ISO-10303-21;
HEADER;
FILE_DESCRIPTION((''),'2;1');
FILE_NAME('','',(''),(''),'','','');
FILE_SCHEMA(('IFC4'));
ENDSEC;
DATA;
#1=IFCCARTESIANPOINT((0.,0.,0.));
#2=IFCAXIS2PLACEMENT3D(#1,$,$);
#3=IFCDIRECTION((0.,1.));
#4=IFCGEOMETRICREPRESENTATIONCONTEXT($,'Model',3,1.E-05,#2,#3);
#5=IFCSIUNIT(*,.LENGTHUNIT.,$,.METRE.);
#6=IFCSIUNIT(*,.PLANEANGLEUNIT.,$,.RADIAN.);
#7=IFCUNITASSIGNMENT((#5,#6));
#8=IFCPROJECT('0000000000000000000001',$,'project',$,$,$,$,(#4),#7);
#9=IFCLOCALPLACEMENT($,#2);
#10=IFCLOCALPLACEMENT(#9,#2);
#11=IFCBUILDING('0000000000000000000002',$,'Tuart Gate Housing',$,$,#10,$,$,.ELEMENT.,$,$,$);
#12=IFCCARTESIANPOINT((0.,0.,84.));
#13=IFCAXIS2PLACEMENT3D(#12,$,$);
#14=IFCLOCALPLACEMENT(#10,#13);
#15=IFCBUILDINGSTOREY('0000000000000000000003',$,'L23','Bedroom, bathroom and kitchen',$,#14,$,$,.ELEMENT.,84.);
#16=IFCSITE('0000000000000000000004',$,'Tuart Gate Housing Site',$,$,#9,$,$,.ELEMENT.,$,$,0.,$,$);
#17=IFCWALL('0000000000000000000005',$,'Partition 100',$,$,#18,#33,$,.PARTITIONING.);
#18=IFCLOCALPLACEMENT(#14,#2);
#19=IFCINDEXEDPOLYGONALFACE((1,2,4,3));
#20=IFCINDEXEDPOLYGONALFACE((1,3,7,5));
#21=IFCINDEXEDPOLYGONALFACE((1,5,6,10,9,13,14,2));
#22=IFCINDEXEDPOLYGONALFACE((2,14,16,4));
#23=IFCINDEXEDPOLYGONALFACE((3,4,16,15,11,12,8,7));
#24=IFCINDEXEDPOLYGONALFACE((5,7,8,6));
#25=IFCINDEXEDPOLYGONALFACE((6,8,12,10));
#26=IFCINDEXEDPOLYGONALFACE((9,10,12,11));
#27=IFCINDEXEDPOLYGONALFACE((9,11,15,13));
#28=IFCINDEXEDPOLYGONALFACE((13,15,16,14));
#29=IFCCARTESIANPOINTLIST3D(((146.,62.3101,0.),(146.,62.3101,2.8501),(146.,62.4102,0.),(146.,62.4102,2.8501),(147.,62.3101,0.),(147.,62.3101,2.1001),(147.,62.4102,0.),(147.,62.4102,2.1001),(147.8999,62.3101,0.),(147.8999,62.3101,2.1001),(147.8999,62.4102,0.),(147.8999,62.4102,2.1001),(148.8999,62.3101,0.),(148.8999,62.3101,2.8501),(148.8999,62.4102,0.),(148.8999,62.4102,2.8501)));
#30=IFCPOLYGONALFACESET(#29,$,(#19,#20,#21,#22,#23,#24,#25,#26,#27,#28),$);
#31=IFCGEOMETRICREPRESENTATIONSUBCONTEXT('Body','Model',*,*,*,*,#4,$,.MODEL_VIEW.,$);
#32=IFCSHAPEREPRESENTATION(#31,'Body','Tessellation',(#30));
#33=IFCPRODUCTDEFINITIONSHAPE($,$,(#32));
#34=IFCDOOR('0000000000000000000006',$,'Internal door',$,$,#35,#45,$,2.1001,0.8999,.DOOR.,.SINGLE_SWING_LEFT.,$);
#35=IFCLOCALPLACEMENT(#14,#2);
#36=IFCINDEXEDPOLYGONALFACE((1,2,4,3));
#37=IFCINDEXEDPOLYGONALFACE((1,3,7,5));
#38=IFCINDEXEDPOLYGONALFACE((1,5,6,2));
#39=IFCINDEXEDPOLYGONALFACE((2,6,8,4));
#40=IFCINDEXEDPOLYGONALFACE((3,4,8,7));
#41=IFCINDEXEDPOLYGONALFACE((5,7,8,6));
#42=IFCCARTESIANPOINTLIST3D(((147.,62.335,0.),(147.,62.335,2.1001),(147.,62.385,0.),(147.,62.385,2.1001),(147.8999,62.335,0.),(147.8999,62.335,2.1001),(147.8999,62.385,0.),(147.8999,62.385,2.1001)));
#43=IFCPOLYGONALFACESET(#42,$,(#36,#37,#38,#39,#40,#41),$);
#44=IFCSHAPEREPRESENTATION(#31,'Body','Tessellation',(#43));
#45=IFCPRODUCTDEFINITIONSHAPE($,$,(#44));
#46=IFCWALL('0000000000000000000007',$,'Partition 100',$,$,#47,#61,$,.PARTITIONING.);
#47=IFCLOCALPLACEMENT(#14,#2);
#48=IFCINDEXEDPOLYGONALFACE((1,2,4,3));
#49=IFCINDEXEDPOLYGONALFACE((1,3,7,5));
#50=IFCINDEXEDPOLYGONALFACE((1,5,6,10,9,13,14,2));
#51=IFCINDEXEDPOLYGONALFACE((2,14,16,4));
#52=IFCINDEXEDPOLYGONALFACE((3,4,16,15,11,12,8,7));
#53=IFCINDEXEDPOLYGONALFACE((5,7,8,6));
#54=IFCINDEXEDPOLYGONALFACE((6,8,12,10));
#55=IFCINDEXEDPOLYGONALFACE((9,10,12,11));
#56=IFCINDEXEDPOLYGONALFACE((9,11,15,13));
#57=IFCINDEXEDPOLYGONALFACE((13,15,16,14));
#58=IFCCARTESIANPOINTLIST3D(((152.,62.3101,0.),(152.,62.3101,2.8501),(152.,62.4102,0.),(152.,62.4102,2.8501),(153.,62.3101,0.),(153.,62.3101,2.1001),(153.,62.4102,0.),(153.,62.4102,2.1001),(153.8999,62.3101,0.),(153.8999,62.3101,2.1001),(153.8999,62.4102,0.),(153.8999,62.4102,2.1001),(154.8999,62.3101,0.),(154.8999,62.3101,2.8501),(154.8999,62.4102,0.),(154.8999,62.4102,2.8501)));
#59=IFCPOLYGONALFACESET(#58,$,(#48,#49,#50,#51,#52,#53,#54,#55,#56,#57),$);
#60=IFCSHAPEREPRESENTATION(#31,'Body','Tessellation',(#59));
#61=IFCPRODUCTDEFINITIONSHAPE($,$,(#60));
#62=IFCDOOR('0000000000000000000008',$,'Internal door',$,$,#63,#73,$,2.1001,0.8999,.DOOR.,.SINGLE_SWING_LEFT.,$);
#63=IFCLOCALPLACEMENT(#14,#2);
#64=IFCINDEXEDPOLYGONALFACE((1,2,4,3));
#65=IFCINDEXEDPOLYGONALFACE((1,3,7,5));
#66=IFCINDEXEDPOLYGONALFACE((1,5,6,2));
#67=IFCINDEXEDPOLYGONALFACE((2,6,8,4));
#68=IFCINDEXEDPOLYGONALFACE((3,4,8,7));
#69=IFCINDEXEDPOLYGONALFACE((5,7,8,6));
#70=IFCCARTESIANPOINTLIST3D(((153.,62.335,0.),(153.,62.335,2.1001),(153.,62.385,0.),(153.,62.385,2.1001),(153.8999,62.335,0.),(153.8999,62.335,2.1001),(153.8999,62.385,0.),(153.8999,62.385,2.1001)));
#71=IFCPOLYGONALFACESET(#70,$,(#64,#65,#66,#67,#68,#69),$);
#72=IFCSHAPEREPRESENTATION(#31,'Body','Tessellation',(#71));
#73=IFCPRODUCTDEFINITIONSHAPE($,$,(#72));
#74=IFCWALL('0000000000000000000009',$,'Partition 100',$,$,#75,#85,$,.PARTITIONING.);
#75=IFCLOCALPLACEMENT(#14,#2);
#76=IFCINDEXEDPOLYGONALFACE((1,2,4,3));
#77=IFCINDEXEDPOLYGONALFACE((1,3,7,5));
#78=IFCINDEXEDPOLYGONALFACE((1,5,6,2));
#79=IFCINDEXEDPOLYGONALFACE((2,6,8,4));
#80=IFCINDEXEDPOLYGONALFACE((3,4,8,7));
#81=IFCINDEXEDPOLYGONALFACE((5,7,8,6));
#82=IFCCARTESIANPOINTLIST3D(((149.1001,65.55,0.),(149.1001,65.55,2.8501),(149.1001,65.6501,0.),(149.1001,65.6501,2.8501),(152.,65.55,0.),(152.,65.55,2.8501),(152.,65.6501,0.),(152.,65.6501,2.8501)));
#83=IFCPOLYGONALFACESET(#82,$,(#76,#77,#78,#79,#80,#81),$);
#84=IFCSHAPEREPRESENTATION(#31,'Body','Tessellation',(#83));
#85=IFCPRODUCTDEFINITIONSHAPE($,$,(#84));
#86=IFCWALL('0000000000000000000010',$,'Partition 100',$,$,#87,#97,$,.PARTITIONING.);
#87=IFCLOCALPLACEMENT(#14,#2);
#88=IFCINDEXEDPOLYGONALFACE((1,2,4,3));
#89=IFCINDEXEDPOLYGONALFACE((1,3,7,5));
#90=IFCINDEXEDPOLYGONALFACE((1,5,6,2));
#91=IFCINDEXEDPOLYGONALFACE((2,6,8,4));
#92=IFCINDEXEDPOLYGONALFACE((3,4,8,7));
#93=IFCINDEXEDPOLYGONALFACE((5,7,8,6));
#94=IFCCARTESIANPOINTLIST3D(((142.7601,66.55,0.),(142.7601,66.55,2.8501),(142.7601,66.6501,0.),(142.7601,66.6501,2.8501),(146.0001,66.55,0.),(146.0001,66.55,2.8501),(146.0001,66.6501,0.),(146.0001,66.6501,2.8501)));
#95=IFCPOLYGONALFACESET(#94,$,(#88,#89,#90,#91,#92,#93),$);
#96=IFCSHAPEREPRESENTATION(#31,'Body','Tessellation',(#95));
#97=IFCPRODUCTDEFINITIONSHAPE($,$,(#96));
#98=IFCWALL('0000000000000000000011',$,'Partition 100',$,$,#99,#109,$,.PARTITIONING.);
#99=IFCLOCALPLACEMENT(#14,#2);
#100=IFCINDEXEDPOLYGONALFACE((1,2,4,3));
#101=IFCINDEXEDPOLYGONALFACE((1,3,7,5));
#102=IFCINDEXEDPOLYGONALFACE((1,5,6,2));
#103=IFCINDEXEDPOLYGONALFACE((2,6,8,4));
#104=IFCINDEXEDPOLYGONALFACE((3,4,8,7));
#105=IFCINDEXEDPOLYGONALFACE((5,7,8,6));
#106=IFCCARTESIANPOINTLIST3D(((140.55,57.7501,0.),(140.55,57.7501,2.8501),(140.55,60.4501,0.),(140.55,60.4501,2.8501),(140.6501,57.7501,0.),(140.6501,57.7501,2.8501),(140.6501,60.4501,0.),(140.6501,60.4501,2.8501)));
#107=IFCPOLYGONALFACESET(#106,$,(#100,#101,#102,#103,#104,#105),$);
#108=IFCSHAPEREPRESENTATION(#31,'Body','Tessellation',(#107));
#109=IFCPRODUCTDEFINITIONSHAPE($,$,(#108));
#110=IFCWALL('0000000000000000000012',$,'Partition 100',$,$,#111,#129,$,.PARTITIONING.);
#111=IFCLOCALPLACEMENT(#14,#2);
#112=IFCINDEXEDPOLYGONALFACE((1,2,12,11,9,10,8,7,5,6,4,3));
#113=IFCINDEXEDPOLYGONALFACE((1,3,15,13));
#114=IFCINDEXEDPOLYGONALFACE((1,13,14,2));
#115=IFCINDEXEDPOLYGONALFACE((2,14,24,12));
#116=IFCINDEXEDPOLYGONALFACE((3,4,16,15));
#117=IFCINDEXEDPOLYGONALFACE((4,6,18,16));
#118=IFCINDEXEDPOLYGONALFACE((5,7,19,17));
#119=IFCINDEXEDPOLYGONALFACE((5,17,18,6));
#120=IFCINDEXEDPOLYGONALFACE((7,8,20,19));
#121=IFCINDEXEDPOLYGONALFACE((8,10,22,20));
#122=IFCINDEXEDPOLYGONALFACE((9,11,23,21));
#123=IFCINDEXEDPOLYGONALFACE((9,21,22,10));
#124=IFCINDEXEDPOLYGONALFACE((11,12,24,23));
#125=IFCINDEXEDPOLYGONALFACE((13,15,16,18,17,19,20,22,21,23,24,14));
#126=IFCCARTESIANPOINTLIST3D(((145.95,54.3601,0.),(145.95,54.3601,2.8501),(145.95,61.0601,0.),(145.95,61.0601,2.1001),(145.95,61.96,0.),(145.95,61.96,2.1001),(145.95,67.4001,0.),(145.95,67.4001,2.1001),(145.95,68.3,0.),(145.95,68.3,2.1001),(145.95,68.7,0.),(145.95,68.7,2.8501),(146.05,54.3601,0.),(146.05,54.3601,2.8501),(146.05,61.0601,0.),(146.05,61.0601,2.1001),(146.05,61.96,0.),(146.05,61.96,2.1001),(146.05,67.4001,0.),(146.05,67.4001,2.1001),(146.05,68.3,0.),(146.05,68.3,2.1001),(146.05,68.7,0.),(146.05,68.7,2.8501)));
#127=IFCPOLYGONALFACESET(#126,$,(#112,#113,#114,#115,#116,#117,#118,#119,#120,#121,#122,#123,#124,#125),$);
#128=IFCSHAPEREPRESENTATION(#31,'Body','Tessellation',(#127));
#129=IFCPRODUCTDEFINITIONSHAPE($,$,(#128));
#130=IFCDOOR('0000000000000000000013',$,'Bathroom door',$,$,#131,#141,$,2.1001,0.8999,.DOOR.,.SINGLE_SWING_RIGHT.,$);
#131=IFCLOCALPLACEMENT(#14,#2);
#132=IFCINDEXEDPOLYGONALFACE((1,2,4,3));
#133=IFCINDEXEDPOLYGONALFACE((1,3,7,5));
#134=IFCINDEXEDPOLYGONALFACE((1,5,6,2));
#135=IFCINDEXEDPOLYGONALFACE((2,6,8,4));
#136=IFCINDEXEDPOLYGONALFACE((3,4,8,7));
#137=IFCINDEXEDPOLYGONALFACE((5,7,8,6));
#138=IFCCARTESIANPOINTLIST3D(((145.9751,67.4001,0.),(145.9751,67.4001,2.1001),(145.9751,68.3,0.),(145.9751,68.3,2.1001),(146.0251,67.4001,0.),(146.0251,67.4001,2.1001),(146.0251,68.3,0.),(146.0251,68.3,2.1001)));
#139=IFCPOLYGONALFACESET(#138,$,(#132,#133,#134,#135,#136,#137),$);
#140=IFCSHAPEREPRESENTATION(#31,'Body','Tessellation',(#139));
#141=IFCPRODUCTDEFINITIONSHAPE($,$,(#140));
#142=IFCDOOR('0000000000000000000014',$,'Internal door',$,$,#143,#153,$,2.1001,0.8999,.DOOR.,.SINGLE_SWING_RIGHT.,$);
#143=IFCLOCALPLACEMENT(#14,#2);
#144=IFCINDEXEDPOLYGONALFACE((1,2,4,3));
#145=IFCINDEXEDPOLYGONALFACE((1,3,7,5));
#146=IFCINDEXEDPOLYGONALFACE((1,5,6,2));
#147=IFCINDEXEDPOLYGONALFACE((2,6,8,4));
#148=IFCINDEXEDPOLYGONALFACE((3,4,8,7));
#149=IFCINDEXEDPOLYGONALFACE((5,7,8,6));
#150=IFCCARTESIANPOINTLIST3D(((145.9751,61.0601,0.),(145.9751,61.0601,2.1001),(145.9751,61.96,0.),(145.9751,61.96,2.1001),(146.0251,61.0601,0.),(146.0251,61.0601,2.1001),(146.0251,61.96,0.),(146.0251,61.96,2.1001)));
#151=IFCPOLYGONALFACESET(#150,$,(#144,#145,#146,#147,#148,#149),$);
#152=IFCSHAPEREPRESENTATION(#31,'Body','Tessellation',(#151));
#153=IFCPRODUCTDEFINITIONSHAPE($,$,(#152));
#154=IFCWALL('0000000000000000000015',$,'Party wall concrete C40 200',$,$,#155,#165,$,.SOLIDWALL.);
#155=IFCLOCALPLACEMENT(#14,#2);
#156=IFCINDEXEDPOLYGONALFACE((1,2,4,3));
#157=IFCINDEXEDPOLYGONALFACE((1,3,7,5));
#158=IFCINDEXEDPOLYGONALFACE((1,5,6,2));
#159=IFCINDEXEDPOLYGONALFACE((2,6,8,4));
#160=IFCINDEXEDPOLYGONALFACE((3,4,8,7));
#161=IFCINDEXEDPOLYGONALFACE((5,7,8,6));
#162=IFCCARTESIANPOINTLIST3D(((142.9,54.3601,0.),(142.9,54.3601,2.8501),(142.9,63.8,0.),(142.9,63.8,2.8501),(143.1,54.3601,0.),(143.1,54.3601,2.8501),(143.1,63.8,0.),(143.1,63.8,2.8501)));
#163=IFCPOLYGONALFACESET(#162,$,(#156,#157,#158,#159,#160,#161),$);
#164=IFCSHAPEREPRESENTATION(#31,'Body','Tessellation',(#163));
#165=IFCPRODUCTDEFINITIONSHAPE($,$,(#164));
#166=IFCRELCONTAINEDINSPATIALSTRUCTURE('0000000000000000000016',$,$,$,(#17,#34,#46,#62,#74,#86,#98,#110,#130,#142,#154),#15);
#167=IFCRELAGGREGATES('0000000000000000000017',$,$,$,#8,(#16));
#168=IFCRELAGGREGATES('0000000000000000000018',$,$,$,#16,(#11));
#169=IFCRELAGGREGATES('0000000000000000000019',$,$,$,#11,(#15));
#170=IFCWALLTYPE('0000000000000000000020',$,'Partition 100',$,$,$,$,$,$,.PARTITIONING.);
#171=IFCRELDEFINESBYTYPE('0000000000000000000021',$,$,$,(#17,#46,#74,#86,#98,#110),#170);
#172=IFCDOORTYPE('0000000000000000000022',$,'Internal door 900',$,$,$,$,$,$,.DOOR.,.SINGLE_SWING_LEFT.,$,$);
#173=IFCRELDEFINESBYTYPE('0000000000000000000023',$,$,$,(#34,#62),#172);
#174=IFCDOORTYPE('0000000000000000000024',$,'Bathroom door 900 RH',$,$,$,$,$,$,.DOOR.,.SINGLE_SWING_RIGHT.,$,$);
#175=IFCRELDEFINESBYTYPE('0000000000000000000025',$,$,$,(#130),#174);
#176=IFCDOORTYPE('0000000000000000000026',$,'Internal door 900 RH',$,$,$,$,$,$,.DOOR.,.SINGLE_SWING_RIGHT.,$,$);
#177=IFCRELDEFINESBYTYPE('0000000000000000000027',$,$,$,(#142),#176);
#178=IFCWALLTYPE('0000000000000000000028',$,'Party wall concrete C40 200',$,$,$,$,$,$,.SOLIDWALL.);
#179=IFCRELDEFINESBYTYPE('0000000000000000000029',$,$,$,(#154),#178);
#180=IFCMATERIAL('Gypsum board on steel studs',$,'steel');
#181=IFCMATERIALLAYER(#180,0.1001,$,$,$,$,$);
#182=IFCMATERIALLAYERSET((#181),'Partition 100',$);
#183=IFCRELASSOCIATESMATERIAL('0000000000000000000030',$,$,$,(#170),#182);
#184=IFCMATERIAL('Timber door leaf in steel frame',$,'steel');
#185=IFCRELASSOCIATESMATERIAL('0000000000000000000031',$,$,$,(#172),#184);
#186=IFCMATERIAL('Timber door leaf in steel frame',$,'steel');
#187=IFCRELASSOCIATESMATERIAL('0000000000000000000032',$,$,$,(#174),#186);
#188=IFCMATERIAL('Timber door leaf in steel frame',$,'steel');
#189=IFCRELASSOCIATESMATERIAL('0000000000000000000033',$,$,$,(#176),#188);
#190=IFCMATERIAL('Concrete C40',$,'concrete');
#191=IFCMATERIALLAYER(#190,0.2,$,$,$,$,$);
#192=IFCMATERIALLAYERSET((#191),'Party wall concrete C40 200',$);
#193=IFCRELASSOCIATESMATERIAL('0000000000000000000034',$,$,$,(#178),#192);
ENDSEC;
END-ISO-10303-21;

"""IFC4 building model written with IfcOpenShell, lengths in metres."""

from ifc_helpers import new_model, si_unit, direction, frame, frame_2d, origin, place, context, subcontext, project, spatial, rectangle, extrude, material, layer, layer_set, type_object, element, fill, save


model = new_model("IFC4")

# Units and contexts
model_context = context("Model", 3, precision=1e-05, world=origin(), true_north=direction((0.0, 1.0)))
body_context = subcontext(model_context, "Body", "Model", "MODEL_VIEW")
ifc_project = project(units=[si_unit("LENGTHUNIT", "METRE"), si_unit("PLANEANGLEUNIT", "RADIAN")], contexts=[model_context])

# Site, building, storey
site_placement = place(None, origin())
site = spatial("IfcSite", under=ifc_project, at=site_placement, Name="Tuart Gate Housing Site", CompositionType="ELEMENT", RefElevation=0.0)
building_placement = place(site_placement, origin())
building = spatial("IfcBuilding", under=site, at=building_placement, Name="Tuart Gate Housing", CompositionType="ELEMENT")
storey_placement = place(building_placement, frame((0.0, 0.0, 84.0)))
storey = spatial("IfcBuildingStorey", under=building, at=storey_placement, Name="L23", Description="Bedroom, bathroom and kitchen", CompositionType="ELEMENT", Elevation=84.0)

# Shared definitions
ifc_material_1 = material(Name="Gypsum board on steel studs", Category="steel")
ifc_layer_1 = layer(ifc_material_1, 0.1001)
ifc_layer_set_1 = layer_set([ifc_layer_1], Name="Partition 100")
wall_type_1 = type_object("IfcWallType", Name="Partition 100", PredefinedType="PARTITIONING", material=ifc_layer_set_1)

# Walls, openings, doors
wall_1_placement = place(storey_placement, frame((146.0, 62.3601, 0.0), z_axis=(0.0, 0.0, 1.0), x_axis=(1.0, 0.0, 0.0)))
wall_1 = element("IfcWall", 1, at=wall_1_placement, inside=storey, type_object=wall_type_1, Name="Partition 100", PredefinedType="PARTITIONING", context=body_context, shape_type="SweptSolid", body=[
    extrude(rectangle(XDim=2.8999, YDim=0.1001, at=frame_2d((1.45, 0.0))), origin(), (0.0, 0.0, 1.0), 2.8501),
])
opening_1_placement = place(wall_1_placement, frame((1.0, 0.0, 0.0)))
opening_1 = element("IfcOpeningElement", 2, at=opening_1_placement, cuts=wall_1, PredefinedType="OPENING", context=body_context, shape_type="SweptSolid", body=[
    extrude(rectangle(XDim=0.8999, YDim=2.1001, at=frame_2d((0.45, 1.05))), frame((0.0, 0.0601, 0.0), z_axis=(0.0, -1.0, 0.0), x_axis=(1.0, 0.0, 0.0)), (0.0, 0.0, 1.0), 0.1201),
])
ifc_material_2 = material(Name="Timber door leaf in steel frame", Category="steel")
door_type_1 = type_object("IfcDoorType", Name="Internal door 900", OperationType="SINGLE_SWING_LEFT", PredefinedType="DOOR", material=ifc_material_2)
door_1_placement = place(opening_1_placement, origin())
door_1 = element("IfcDoor", 3, at=door_1_placement, inside=storey, type_object=door_type_1, Name="Internal door", OperationType="SINGLE_SWING_LEFT", OverallHeight=2.1001, OverallWidth=0.8999, PredefinedType="DOOR", context=body_context, shape_type="SweptSolid", body=[
    extrude(rectangle(XDim=0.8999, YDim=2.1001, at=frame_2d((0.45, 1.05))), frame((0.0, 0.0249, 0.0), z_axis=(0.0, -1.0, 0.0), x_axis=(1.0, 0.0, 0.0)), (0.0, 0.0, 1.0), 0.05),
])
fill(opening_1, door_1)
wall_2_placement = place(storey_placement, frame((152.0, 62.3601, 0.0), z_axis=(0.0, 0.0, 1.0), x_axis=(1.0, 0.0, 0.0)))
wall_2 = element("IfcWall", 4, at=wall_2_placement, inside=storey, type_object=wall_type_1, Name="Partition 100", PredefinedType="PARTITIONING", context=body_context, shape_type="SweptSolid", body=[
    extrude(rectangle(XDim=2.8999, YDim=0.1001, at=frame_2d((1.45, 0.0))), origin(), (0.0, 0.0, 1.0), 2.8501),
])
opening_2_placement = place(wall_2_placement, frame((1.0, 0.0, 0.0)))
opening_2 = element("IfcOpeningElement", 5, at=opening_2_placement, cuts=wall_2, PredefinedType="OPENING", context=body_context, shape_type="SweptSolid", body=[
    extrude(rectangle(XDim=0.8999, YDim=2.1001, at=frame_2d((0.45, 1.05))), frame((0.0, 0.0601, 0.0), z_axis=(0.0, -1.0, 0.0), x_axis=(1.0, 0.0, 0.0)), (0.0, 0.0, 1.0), 0.1201),
])
door_2_placement = place(opening_2_placement, origin())
door_2 = element("IfcDoor", 6, at=door_2_placement, inside=storey, type_object=door_type_1, Name="Internal door", OperationType="SINGLE_SWING_LEFT", OverallHeight=2.1001, OverallWidth=0.8999, PredefinedType="DOOR", context=body_context, shape_type="SweptSolid", body=[
    extrude(rectangle(XDim=0.8999, YDim=2.1001, at=frame_2d((0.45, 1.05))), frame((0.0, 0.0249, 0.0), z_axis=(0.0, -1.0, 0.0), x_axis=(1.0, 0.0, 0.0)), (0.0, 0.0, 1.0), 0.05),
])
fill(opening_2, door_2)

# Walls
wall_3_placement = place(storey_placement, frame((149.1001, 65.6001, 0.0), z_axis=(0.0, 0.0, 1.0), x_axis=(1.0, 0.0, 0.0)))
element("IfcWall", 7, at=wall_3_placement, inside=storey, type_object=wall_type_1, Name="Partition 100", PredefinedType="PARTITIONING", context=body_context, shape_type="SweptSolid", body=[
    extrude(rectangle(XDim=2.8999, YDim=0.1001, at=frame_2d((1.45, 0.0))), origin(), (0.0, 0.0, 1.0), 2.8501),
])
wall_4_placement = place(storey_placement, frame((142.76, 66.6001, 0.0), z_axis=(0.0, 0.0, 1.0), x_axis=(1.0, 0.0, 0.0)))
element("IfcWall", 8, at=wall_4_placement, inside=storey, type_object=wall_type_1, Name="Partition 100", PredefinedType="PARTITIONING", context=body_context, shape_type="SweptSolid", body=[
    extrude(rectangle(XDim=3.24, YDim=0.1001, at=frame_2d((1.6201, 0.0))), origin(), (0.0, 0.0, 1.0), 2.8501),
])
wall_5_placement = place(storey_placement, frame((140.6001, 57.75, 0.0), z_axis=(0.0, 0.0, 1.0), x_axis=(0.0, 1.0, 0.0)))
element("IfcWall", 9, at=wall_5_placement, inside=storey, type_object=wall_type_1, Name="Partition 100", PredefinedType="PARTITIONING", context=body_context, shape_type="SweptSolid", body=[
    extrude(rectangle(XDim=2.7, YDim=0.1001, at=frame_2d((1.3501, 0.0))), origin(), (0.0, 0.0, 1.0), 2.8501),
])

# Wall, openings, doors
wall_6_placement = place(storey_placement, frame((146.0, 54.3601, 0.0), z_axis=(0.0, 0.0, 1.0), x_axis=(0.0, 1.0, 0.0)))
wall_6 = element("IfcWall", 10, at=wall_6_placement, inside=storey, type_object=wall_type_1, Name="Partition 100", PredefinedType="PARTITIONING", context=body_context, shape_type="SweptSolid", body=[
    extrude(rectangle(XDim=14.3398, YDim=0.1001, at=frame_2d((7.1699, 0.0))), origin(), (0.0, 0.0, 1.0), 2.8501),
])
opening_3_placement = place(wall_6_placement, frame((6.7, 0.0, 0.0)))
opening_3 = element("IfcOpeningElement", 11, at=opening_3_placement, cuts=wall_6, PredefinedType="OPENING", context=body_context, shape_type="SweptSolid", body=[
    extrude(rectangle(XDim=0.8999, YDim=2.1001, at=frame_2d((0.45, 1.05))), frame((0.0, 0.0601, 0.0), z_axis=(0.0, -1.0, 0.0), x_axis=(1.0, 0.0, 0.0)), (0.0, 0.0, 1.0), 0.1201),
])
opening_4_placement = place(wall_6_placement, frame((13.04, 0.0, 0.0)))
opening_4 = element("IfcOpeningElement", 12, at=opening_4_placement, cuts=wall_6, PredefinedType="OPENING", context=body_context, shape_type="SweptSolid", body=[
    extrude(rectangle(XDim=0.8999, YDim=2.1001, at=frame_2d((0.45, 1.05))), frame((0.0, 0.0601, 0.0), z_axis=(0.0, -1.0, 0.0), x_axis=(1.0, 0.0, 0.0)), (0.0, 0.0, 1.0), 0.1201),
])
ifc_material_3 = material(Name="Timber door leaf in steel frame", Category="steel")
door_type_2 = type_object("IfcDoorType", Name="Bathroom door 900 RH", OperationType="SINGLE_SWING_RIGHT", PredefinedType="DOOR", material=ifc_material_3)
door_3_placement = place(opening_4_placement, origin())
door_3 = element("IfcDoor", 13, at=door_3_placement, inside=storey, type_object=door_type_2, Name="Bathroom door", OperationType="SINGLE_SWING_RIGHT", OverallHeight=2.1001, OverallWidth=0.8999, PredefinedType="DOOR", context=body_context, shape_type="SweptSolid", body=[
    extrude(rectangle(XDim=0.8999, YDim=2.1001, at=frame_2d((0.45, 1.05))), frame((0.0, 0.0249, 0.0), z_axis=(0.0, -1.0, 0.0), x_axis=(1.0, 0.0, 0.0)), (0.0, 0.0, 1.0), 0.05),
])
fill(opening_4, door_3)
ifc_material_4 = material(Name="Timber door leaf in steel frame", Category="steel")
door_type_3 = type_object("IfcDoorType", Name="Internal door 900 RH", OperationType="SINGLE_SWING_RIGHT", PredefinedType="DOOR", material=ifc_material_4)
door_4_placement = place(opening_3_placement, origin())
door_4 = element("IfcDoor", 14, at=door_4_placement, inside=storey, type_object=door_type_3, Name="Internal door", OperationType="SINGLE_SWING_RIGHT", OverallHeight=2.1001, OverallWidth=0.8999, PredefinedType="DOOR", context=body_context, shape_type="SweptSolid", body=[
    extrude(rectangle(XDim=0.8999, YDim=2.1001, at=frame_2d((0.45, 1.05))), frame((0.0, 0.0249, 0.0), z_axis=(0.0, -1.0, 0.0), x_axis=(1.0, 0.0, 0.0)), (0.0, 0.0, 1.0), 0.05),
])
fill(opening_3, door_4)

# Wall
ifc_material_5 = material(Name="Concrete C40", Category="concrete")
ifc_layer_2 = layer(ifc_material_5, 0.2)
ifc_layer_set_2 = layer_set([ifc_layer_2], Name="Party wall concrete C40 200")
wall_type_2 = type_object("IfcWallType", Name="Party wall concrete C40 200", PredefinedType="SOLIDWALL", material=ifc_layer_set_2)
wall_7_placement = place(storey_placement, frame((143.0, 54.3601, 0.0), z_axis=(0.0, 0.0, 1.0), x_axis=(0.0, 1.0, 0.0)))
element("IfcWall", 15, at=wall_7_placement, inside=storey, type_object=wall_type_2, Name="Party wall concrete C40 200", PredefinedType="SOLIDWALL", context=body_context, shape_type="SweptSolid", body=[
    extrude(rectangle(XDim=9.4399, YDim=0.2, at=frame_2d((4.72, 0.0))), origin(), (0.0, 0.0, 1.0), 2.8501),
])

save(model, "model.ifc")
